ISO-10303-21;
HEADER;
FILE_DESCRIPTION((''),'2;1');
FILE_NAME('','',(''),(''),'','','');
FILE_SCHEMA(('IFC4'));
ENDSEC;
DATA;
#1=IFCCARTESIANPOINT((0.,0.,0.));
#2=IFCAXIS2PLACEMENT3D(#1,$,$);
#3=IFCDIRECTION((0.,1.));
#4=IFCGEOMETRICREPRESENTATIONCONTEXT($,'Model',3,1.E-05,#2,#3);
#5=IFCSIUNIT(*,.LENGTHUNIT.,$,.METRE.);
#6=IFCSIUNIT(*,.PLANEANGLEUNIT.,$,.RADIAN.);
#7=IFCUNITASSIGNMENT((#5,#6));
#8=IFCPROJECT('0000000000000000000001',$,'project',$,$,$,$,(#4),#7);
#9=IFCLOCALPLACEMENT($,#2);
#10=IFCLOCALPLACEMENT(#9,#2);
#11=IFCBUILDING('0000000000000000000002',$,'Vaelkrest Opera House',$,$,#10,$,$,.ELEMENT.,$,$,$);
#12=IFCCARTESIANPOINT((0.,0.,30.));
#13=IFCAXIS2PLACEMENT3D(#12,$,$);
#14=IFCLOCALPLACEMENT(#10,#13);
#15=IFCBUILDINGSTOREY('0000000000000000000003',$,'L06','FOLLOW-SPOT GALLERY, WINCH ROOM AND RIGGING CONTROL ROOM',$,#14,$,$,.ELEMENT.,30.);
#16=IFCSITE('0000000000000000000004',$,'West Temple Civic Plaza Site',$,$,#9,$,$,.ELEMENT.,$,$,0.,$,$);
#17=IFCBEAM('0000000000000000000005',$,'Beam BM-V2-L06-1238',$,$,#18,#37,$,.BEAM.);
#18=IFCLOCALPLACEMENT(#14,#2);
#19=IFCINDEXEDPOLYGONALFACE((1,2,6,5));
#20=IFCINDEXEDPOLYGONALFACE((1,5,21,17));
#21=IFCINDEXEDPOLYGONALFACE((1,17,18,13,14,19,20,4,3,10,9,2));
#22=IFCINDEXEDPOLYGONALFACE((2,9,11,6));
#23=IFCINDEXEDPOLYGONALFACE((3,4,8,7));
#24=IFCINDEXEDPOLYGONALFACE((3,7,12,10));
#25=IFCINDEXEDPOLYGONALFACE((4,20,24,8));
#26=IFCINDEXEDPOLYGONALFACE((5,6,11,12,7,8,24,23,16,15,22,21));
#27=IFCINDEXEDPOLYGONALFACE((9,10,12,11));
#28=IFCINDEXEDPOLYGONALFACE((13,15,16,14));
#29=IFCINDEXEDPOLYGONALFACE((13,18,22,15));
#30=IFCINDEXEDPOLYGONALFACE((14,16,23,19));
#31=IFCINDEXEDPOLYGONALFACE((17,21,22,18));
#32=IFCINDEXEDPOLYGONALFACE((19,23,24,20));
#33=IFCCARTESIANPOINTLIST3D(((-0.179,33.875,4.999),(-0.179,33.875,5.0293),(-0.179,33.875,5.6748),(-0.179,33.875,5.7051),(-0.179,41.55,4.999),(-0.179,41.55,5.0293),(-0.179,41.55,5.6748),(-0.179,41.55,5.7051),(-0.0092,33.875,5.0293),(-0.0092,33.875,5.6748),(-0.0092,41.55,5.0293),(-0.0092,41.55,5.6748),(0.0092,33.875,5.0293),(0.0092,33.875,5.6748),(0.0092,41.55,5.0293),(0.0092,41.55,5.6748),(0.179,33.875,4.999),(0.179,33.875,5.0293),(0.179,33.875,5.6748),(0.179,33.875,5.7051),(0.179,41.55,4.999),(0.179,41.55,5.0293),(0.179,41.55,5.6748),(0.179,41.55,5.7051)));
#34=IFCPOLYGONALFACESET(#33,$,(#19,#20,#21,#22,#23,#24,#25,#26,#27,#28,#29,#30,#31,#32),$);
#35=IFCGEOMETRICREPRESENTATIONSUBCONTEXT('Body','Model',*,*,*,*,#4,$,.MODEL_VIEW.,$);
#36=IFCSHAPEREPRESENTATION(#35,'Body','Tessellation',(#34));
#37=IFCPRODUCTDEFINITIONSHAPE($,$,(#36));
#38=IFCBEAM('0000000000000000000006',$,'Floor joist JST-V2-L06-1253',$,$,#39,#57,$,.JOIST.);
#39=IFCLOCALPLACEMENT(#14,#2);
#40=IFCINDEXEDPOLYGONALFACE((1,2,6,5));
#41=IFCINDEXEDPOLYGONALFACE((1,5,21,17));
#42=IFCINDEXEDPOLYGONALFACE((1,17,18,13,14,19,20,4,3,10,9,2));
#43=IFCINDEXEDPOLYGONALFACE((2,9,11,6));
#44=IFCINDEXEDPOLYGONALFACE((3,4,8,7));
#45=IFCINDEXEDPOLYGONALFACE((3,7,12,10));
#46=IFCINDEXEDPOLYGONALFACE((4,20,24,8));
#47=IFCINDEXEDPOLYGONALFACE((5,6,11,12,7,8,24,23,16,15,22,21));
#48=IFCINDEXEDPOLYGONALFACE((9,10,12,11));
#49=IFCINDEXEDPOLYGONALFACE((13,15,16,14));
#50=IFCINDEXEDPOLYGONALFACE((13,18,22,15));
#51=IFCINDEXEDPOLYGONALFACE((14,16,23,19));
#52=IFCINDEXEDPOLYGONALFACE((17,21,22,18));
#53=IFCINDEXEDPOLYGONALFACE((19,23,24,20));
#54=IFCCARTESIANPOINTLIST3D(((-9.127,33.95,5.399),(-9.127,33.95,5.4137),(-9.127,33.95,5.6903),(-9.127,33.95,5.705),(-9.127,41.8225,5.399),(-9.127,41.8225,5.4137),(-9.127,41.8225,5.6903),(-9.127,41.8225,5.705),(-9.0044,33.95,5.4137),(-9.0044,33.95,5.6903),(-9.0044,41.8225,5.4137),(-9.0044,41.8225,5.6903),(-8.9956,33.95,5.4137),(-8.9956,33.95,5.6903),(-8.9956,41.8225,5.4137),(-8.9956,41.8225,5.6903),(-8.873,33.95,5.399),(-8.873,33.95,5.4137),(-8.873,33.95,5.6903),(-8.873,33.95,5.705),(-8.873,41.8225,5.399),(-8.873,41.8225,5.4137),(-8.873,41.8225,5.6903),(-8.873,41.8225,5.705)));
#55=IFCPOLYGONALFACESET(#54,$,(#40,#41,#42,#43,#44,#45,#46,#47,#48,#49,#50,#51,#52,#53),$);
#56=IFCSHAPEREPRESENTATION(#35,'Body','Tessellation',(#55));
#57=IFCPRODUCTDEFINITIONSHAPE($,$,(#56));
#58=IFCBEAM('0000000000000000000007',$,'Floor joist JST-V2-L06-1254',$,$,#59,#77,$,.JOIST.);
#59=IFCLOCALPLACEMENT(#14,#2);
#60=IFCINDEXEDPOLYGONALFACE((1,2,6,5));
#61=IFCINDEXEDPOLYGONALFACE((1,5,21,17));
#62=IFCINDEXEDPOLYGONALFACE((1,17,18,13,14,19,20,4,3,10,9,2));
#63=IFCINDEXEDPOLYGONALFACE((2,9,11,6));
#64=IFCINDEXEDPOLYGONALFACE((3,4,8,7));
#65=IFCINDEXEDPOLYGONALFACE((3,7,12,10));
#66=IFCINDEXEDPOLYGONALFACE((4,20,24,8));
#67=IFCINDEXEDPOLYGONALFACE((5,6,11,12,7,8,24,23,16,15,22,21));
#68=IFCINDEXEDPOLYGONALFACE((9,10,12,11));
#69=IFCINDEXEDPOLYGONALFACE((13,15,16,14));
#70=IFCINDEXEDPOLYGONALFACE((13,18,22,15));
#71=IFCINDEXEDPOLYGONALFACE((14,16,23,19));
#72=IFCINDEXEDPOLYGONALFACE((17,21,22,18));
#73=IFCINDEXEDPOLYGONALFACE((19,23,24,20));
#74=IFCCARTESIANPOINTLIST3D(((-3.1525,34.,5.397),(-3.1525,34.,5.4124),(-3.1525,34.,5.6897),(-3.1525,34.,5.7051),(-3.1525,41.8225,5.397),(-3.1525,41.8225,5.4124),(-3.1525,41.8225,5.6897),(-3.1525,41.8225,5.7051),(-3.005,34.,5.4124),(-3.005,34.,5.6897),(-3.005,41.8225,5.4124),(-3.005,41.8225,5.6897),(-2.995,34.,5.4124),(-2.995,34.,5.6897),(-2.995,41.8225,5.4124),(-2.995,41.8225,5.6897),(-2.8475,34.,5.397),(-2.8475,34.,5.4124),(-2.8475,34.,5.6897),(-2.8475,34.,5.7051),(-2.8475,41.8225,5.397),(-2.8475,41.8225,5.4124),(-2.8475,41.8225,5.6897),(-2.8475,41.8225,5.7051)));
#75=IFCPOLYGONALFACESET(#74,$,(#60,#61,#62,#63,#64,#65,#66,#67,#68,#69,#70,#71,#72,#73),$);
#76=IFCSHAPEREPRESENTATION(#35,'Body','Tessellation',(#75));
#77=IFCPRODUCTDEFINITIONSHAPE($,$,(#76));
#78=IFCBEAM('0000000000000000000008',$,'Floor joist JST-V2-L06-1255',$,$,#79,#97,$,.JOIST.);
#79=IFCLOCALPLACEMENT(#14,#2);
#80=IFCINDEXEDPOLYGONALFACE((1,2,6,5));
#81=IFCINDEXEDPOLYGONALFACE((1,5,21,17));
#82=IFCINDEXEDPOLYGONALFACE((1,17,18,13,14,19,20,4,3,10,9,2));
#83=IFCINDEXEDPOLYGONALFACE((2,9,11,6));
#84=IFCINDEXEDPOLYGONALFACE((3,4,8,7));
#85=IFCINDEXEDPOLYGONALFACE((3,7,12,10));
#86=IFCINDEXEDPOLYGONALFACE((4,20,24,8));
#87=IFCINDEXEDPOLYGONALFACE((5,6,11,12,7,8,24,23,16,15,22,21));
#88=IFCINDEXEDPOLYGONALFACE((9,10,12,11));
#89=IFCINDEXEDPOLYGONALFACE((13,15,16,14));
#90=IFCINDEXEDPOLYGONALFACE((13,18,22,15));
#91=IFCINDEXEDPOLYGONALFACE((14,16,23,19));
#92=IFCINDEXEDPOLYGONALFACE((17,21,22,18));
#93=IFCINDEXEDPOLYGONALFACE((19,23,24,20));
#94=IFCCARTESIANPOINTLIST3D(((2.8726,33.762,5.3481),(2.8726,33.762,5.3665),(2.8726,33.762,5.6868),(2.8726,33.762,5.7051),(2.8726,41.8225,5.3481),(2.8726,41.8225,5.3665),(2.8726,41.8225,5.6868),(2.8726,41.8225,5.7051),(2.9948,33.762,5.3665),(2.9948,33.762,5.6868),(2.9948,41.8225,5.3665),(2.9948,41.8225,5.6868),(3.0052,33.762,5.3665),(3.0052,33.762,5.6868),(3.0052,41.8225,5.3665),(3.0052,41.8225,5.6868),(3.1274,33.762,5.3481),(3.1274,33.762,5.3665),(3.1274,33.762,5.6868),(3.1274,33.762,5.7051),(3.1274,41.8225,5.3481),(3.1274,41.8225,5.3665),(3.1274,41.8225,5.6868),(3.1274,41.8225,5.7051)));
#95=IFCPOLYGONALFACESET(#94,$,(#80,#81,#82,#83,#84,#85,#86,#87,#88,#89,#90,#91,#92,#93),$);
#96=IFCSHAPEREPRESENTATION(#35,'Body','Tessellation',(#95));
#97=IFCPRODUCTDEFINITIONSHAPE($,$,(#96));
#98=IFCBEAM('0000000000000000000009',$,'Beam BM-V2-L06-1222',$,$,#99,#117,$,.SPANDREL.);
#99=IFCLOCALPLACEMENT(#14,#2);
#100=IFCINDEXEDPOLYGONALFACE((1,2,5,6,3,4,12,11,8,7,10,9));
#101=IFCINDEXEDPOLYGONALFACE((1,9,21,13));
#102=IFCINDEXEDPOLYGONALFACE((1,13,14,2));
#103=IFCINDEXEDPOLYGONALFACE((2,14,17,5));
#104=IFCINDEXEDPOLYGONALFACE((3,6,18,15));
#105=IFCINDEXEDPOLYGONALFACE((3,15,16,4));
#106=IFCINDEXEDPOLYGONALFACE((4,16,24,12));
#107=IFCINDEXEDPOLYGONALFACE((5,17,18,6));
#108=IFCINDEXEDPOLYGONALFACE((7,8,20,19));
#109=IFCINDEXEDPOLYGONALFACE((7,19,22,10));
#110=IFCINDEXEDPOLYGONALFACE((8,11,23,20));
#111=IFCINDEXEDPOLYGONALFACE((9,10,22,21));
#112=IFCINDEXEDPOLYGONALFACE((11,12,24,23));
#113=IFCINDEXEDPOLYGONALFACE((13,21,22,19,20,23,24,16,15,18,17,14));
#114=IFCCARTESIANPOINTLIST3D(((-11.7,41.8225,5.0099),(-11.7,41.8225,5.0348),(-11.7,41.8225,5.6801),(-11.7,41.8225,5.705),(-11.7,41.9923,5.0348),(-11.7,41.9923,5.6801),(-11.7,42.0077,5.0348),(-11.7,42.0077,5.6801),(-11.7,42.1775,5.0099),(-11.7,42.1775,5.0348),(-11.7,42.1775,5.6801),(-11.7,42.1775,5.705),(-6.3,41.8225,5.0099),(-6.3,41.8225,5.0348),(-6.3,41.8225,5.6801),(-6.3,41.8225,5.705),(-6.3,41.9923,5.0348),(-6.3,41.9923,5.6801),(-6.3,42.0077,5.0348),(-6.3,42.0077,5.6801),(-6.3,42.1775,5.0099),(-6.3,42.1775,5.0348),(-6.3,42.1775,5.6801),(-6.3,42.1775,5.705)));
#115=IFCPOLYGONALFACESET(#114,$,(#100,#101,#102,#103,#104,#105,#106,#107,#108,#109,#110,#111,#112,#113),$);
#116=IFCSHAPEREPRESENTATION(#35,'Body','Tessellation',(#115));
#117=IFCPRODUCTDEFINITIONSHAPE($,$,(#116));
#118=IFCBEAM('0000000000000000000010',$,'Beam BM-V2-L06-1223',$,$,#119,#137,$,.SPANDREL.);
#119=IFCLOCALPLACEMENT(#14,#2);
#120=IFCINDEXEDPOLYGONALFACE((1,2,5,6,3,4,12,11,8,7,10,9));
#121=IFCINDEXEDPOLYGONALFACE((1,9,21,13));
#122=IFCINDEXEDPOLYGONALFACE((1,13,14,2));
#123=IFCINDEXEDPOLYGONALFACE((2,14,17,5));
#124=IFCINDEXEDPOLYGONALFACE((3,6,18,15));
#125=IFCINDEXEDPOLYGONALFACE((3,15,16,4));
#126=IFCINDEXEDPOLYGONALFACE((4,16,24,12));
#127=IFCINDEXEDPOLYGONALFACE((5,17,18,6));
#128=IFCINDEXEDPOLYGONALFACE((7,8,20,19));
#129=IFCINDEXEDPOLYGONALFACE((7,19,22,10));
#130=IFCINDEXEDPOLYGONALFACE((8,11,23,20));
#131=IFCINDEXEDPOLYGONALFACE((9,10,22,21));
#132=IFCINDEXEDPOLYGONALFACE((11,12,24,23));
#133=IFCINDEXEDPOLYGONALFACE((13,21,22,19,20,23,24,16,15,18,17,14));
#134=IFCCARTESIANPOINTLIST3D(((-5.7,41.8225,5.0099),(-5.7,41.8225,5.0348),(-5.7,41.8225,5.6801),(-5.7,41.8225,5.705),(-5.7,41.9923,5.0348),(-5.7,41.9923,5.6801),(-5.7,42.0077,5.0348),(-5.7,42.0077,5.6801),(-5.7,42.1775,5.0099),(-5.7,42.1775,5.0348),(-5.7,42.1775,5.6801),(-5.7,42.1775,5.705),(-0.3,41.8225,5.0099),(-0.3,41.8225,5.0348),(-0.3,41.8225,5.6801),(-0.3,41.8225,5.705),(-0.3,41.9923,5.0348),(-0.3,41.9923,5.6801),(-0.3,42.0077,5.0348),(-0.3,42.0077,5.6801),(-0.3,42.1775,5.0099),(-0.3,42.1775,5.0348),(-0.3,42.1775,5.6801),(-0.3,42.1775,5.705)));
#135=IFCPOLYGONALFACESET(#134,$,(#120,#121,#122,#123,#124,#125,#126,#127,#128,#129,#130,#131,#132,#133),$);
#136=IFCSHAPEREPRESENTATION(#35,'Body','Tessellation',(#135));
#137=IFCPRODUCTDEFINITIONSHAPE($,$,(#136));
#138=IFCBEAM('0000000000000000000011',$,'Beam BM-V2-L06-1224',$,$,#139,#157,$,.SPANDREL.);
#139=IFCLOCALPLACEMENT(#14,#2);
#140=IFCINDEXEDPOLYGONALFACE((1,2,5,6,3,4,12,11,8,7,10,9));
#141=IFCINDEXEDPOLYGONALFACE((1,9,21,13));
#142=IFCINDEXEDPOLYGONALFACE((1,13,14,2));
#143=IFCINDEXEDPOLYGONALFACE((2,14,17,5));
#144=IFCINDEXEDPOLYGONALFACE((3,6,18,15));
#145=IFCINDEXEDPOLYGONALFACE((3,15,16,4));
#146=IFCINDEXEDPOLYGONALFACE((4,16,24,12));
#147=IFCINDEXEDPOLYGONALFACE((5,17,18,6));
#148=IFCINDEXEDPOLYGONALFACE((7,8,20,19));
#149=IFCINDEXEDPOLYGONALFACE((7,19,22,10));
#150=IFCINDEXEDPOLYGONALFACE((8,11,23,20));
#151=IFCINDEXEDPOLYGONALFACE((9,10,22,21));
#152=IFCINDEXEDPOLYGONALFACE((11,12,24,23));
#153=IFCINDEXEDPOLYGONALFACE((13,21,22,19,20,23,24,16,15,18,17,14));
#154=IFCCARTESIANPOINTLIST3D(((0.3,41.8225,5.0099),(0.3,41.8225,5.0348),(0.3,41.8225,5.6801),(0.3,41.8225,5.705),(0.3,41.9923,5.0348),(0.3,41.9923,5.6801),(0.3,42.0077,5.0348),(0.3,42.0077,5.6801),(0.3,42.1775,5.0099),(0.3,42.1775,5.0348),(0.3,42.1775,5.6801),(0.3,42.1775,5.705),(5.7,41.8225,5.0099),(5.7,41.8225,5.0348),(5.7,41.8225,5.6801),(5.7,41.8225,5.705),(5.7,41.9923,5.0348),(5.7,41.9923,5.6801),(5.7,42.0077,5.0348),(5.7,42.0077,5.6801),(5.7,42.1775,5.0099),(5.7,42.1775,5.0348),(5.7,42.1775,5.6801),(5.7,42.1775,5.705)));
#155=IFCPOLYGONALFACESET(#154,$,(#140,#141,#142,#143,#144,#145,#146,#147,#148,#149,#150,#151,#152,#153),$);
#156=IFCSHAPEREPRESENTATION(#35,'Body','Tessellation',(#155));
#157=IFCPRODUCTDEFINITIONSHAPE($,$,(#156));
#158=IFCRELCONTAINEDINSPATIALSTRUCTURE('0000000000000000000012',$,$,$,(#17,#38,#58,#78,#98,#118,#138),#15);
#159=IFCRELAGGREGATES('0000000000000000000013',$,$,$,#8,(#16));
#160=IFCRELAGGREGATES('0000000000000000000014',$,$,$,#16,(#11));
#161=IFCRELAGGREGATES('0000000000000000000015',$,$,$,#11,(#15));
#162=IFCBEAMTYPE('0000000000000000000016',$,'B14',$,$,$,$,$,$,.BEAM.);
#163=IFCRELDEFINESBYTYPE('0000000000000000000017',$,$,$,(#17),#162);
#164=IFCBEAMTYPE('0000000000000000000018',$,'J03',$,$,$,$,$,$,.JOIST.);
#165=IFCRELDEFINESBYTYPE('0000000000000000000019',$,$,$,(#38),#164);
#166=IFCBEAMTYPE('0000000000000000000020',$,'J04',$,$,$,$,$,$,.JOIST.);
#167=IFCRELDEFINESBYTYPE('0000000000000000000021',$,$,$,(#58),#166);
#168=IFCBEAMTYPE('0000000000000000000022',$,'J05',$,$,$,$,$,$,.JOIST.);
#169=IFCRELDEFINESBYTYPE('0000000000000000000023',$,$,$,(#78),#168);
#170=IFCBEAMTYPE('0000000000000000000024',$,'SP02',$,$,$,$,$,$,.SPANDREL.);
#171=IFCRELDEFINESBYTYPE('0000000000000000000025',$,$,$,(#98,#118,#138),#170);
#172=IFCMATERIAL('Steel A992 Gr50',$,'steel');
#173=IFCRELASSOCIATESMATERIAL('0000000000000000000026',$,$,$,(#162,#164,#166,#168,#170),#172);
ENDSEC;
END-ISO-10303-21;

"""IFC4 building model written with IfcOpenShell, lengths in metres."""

from ifc_helpers import new_model, si_unit, direction, frame, origin, origin_2d, place, context, subcontext, project, spatial, i_section, extrude, material, material_profile, profile_set, type_object, element, save


model = new_model("IFC4")

# Units and contexts
model_context = context("Model", 3, precision=1e-05, world=origin(), true_north=direction((0.0, 1.0)))
body_context = subcontext(model_context, "Body", "Model", "MODEL_VIEW")
ifc_project = project(units=[si_unit("LENGTHUNIT", "METRE"), si_unit("PLANEANGLEUNIT", "RADIAN")], contexts=[model_context])

# Site, building, storey
site_placement = place(None, origin())
site = spatial("IfcSite", under=ifc_project, at=site_placement, Name="West Temple Civic Plaza Site", CompositionType="ELEMENT", RefElevation=0.0)
building_placement = place(site_placement, origin())
building = spatial("IfcBuilding", under=site, at=building_placement, Name="Vaelkrest Opera House", CompositionType="ELEMENT")
storey_placement = place(building_placement, frame((0.0, 0.0, 30.0)))
storey = spatial("IfcBuildingStorey", under=building, at=storey_placement, Name="L06", Description="FOLLOW-SPOT GALLERY, WINCH ROOM AND RIGGING CONTROL ROOM", CompositionType="ELEMENT", Elevation=30.0)

# Beams
ifc_material_1 = material(Name="Steel A992 Gr50", Category="steel")
ifc_material_profile_1 = material_profile(ifc_material_1, i_section(OverallWidth=0.3579, OverallDepth=0.7061, WebThickness=0.0183, FlangeThickness=0.0303, at=origin_2d()), Name="W27X178")
ifc_profile_set_1 = profile_set([ifc_material_profile_1], Name="Steel A992 Gr50")
beam_type_1 = type_object("IfcBeamType", Name="B14", PredefinedType="BEAM", material=ifc_profile_set_1)
beam_1_placement = place(storey_placement, frame((0.0, 33.875, 5.3521), z_axis=(0.0, 1.0, 0.0), x_axis=(-1.0, 0.0, 0.0)))
element("IfcBeam", 1, at=beam_1_placement, inside=storey, type_object=beam_type_1, Name="Beam BM-V2-L06-1238", PredefinedType="BEAM", context=body_context, shape_type="SweptSolid", body=[
    extrude(i_section(OverallWidth=0.3579, OverallDepth=0.7061, WebThickness=0.0183, FlangeThickness=0.0303, at=origin_2d()), origin(), (0.0, 0.0, 1.0), 7.675),
])
ifc_material_profile_2 = material_profile(ifc_material_1, i_section(OverallWidth=0.2539, OverallDepth=0.3059, WebThickness=0.0088, FlangeThickness=0.0146, at=origin_2d()), Name="W12X53")
ifc_profile_set_2 = profile_set([ifc_material_profile_2], Name="Steel A992 Gr50")
beam_type_2 = type_object("IfcBeamType", Name="J03", PredefinedType="JOIST", material=ifc_profile_set_2)
beam_2_placement = place(storey_placement, frame((-9.0, 33.95, 5.552), z_axis=(0.0, 1.0, 0.0), x_axis=(-1.0, 0.0, 0.0)))
element("IfcBeam", 2, at=beam_2_placement, inside=storey, type_object=beam_type_2, Name="Floor joist JST-V2-L06-1253", PredefinedType="JOIST", context=body_context, shape_type="SweptSolid", body=[
    extrude(i_section(OverallWidth=0.2539, OverallDepth=0.3059, WebThickness=0.0088, FlangeThickness=0.0146, at=origin_2d()), origin(), (0.0, 0.0, 1.0), 7.8726),
])
ifc_material_profile_3 = material_profile(ifc_material_1, i_section(OverallWidth=0.3049, OverallDepth=0.3081, WebThickness=0.01, FlangeThickness=0.0154, at=origin_2d()), Name="W12X65")
ifc_profile_set_3 = profile_set([ifc_material_profile_3], Name="Steel A992 Gr50")
beam_type_3 = type_object("IfcBeamType", Name="J04", PredefinedType="JOIST", material=ifc_profile_set_3)
beam_3_placement = place(storey_placement, frame((-3.0, 34.0, 5.551), z_axis=(0.0, 1.0, 0.0), x_axis=(-1.0, 0.0, 0.0)))
element("IfcBeam", 3, at=beam_3_placement, inside=storey, type_object=beam_type_3, Name="Floor joist JST-V2-L06-1254", PredefinedType="JOIST", context=body_context, shape_type="SweptSolid", body=[
    extrude(i_section(OverallWidth=0.3049, OverallDepth=0.3081, WebThickness=0.01, FlangeThickness=0.0154, at=origin_2d()), origin(), (0.0, 0.0, 1.0), 7.8225),
])
ifc_material_profile_4 = material_profile(ifc_material_1, i_section(OverallWidth=0.2549, OverallDepth=0.3569, WebThickness=0.0105, FlangeThickness=0.0183, at=origin_2d()), Name="W14X68")
ifc_profile_set_4 = profile_set([ifc_material_profile_4], Name="Steel A992 Gr50")
beam_type_4 = type_object("IfcBeamType", Name="J05", PredefinedType="JOIST", material=ifc_profile_set_4)
beam_4_placement = place(storey_placement, frame((3.0, 33.762, 5.5266), z_axis=(0.0, 1.0, 0.0), x_axis=(-1.0, 0.0, 0.0)))
element("IfcBeam", 4, at=beam_4_placement, inside=storey, type_object=beam_type_4, Name="Floor joist JST-V2-L06-1255", PredefinedType="JOIST", context=body_context, shape_type="SweptSolid", body=[
    extrude(i_section(OverallWidth=0.2549, OverallDepth=0.3569, WebThickness=0.0105, FlangeThickness=0.0183, at=origin_2d()), origin(), (0.0, 0.0, 1.0), 8.0605),
])
ifc_material_profile_5 = material_profile(ifc_material_1, i_section(OverallWidth=0.355, OverallDepth=0.6951, WebThickness=0.0154, FlangeThickness=0.0249, at=origin_2d()), Name="W27X146")
ifc_profile_set_5 = profile_set([ifc_material_profile_5], Name="Steel A992 Gr50")
beam_type_5 = type_object("IfcBeamType", Name="SP02", PredefinedType="SPANDREL", material=ifc_profile_set_5)
for number, where, z_axis, x_axis, name in (
    (5, (-11.7, 42.0, 5.3574), (1.0, 0.0, 0.0), (0.0, 1.0, 0.0), "Beam BM-V2-L06-1222"),
    (6, (-5.7, 42.0, 5.3574), (1.0, 0.0, 0.0), (0.0, 1.0, 0.0), "Beam BM-V2-L06-1223"),
    (7, (0.3, 42.0, 5.3574), (1.0, 0.0, 0.0), (0.0, 1.0, 0.0), "Beam BM-V2-L06-1224"),
):
    element("IfcBeam", number, at=place(storey_placement, frame(where, z_axis=z_axis, x_axis=x_axis)), inside=storey, type_object=beam_type_5, Name=name, PredefinedType="SPANDREL", context=body_context, shape_type="SweptSolid", body=[
        extrude(i_section(OverallWidth=0.355, OverallDepth=0.6951, WebThickness=0.0154, FlangeThickness=0.0249, at=origin_2d()), origin(), (0.0, 0.0, 1.0), 5.3999),
    ])

save(model, "model.ifc")
